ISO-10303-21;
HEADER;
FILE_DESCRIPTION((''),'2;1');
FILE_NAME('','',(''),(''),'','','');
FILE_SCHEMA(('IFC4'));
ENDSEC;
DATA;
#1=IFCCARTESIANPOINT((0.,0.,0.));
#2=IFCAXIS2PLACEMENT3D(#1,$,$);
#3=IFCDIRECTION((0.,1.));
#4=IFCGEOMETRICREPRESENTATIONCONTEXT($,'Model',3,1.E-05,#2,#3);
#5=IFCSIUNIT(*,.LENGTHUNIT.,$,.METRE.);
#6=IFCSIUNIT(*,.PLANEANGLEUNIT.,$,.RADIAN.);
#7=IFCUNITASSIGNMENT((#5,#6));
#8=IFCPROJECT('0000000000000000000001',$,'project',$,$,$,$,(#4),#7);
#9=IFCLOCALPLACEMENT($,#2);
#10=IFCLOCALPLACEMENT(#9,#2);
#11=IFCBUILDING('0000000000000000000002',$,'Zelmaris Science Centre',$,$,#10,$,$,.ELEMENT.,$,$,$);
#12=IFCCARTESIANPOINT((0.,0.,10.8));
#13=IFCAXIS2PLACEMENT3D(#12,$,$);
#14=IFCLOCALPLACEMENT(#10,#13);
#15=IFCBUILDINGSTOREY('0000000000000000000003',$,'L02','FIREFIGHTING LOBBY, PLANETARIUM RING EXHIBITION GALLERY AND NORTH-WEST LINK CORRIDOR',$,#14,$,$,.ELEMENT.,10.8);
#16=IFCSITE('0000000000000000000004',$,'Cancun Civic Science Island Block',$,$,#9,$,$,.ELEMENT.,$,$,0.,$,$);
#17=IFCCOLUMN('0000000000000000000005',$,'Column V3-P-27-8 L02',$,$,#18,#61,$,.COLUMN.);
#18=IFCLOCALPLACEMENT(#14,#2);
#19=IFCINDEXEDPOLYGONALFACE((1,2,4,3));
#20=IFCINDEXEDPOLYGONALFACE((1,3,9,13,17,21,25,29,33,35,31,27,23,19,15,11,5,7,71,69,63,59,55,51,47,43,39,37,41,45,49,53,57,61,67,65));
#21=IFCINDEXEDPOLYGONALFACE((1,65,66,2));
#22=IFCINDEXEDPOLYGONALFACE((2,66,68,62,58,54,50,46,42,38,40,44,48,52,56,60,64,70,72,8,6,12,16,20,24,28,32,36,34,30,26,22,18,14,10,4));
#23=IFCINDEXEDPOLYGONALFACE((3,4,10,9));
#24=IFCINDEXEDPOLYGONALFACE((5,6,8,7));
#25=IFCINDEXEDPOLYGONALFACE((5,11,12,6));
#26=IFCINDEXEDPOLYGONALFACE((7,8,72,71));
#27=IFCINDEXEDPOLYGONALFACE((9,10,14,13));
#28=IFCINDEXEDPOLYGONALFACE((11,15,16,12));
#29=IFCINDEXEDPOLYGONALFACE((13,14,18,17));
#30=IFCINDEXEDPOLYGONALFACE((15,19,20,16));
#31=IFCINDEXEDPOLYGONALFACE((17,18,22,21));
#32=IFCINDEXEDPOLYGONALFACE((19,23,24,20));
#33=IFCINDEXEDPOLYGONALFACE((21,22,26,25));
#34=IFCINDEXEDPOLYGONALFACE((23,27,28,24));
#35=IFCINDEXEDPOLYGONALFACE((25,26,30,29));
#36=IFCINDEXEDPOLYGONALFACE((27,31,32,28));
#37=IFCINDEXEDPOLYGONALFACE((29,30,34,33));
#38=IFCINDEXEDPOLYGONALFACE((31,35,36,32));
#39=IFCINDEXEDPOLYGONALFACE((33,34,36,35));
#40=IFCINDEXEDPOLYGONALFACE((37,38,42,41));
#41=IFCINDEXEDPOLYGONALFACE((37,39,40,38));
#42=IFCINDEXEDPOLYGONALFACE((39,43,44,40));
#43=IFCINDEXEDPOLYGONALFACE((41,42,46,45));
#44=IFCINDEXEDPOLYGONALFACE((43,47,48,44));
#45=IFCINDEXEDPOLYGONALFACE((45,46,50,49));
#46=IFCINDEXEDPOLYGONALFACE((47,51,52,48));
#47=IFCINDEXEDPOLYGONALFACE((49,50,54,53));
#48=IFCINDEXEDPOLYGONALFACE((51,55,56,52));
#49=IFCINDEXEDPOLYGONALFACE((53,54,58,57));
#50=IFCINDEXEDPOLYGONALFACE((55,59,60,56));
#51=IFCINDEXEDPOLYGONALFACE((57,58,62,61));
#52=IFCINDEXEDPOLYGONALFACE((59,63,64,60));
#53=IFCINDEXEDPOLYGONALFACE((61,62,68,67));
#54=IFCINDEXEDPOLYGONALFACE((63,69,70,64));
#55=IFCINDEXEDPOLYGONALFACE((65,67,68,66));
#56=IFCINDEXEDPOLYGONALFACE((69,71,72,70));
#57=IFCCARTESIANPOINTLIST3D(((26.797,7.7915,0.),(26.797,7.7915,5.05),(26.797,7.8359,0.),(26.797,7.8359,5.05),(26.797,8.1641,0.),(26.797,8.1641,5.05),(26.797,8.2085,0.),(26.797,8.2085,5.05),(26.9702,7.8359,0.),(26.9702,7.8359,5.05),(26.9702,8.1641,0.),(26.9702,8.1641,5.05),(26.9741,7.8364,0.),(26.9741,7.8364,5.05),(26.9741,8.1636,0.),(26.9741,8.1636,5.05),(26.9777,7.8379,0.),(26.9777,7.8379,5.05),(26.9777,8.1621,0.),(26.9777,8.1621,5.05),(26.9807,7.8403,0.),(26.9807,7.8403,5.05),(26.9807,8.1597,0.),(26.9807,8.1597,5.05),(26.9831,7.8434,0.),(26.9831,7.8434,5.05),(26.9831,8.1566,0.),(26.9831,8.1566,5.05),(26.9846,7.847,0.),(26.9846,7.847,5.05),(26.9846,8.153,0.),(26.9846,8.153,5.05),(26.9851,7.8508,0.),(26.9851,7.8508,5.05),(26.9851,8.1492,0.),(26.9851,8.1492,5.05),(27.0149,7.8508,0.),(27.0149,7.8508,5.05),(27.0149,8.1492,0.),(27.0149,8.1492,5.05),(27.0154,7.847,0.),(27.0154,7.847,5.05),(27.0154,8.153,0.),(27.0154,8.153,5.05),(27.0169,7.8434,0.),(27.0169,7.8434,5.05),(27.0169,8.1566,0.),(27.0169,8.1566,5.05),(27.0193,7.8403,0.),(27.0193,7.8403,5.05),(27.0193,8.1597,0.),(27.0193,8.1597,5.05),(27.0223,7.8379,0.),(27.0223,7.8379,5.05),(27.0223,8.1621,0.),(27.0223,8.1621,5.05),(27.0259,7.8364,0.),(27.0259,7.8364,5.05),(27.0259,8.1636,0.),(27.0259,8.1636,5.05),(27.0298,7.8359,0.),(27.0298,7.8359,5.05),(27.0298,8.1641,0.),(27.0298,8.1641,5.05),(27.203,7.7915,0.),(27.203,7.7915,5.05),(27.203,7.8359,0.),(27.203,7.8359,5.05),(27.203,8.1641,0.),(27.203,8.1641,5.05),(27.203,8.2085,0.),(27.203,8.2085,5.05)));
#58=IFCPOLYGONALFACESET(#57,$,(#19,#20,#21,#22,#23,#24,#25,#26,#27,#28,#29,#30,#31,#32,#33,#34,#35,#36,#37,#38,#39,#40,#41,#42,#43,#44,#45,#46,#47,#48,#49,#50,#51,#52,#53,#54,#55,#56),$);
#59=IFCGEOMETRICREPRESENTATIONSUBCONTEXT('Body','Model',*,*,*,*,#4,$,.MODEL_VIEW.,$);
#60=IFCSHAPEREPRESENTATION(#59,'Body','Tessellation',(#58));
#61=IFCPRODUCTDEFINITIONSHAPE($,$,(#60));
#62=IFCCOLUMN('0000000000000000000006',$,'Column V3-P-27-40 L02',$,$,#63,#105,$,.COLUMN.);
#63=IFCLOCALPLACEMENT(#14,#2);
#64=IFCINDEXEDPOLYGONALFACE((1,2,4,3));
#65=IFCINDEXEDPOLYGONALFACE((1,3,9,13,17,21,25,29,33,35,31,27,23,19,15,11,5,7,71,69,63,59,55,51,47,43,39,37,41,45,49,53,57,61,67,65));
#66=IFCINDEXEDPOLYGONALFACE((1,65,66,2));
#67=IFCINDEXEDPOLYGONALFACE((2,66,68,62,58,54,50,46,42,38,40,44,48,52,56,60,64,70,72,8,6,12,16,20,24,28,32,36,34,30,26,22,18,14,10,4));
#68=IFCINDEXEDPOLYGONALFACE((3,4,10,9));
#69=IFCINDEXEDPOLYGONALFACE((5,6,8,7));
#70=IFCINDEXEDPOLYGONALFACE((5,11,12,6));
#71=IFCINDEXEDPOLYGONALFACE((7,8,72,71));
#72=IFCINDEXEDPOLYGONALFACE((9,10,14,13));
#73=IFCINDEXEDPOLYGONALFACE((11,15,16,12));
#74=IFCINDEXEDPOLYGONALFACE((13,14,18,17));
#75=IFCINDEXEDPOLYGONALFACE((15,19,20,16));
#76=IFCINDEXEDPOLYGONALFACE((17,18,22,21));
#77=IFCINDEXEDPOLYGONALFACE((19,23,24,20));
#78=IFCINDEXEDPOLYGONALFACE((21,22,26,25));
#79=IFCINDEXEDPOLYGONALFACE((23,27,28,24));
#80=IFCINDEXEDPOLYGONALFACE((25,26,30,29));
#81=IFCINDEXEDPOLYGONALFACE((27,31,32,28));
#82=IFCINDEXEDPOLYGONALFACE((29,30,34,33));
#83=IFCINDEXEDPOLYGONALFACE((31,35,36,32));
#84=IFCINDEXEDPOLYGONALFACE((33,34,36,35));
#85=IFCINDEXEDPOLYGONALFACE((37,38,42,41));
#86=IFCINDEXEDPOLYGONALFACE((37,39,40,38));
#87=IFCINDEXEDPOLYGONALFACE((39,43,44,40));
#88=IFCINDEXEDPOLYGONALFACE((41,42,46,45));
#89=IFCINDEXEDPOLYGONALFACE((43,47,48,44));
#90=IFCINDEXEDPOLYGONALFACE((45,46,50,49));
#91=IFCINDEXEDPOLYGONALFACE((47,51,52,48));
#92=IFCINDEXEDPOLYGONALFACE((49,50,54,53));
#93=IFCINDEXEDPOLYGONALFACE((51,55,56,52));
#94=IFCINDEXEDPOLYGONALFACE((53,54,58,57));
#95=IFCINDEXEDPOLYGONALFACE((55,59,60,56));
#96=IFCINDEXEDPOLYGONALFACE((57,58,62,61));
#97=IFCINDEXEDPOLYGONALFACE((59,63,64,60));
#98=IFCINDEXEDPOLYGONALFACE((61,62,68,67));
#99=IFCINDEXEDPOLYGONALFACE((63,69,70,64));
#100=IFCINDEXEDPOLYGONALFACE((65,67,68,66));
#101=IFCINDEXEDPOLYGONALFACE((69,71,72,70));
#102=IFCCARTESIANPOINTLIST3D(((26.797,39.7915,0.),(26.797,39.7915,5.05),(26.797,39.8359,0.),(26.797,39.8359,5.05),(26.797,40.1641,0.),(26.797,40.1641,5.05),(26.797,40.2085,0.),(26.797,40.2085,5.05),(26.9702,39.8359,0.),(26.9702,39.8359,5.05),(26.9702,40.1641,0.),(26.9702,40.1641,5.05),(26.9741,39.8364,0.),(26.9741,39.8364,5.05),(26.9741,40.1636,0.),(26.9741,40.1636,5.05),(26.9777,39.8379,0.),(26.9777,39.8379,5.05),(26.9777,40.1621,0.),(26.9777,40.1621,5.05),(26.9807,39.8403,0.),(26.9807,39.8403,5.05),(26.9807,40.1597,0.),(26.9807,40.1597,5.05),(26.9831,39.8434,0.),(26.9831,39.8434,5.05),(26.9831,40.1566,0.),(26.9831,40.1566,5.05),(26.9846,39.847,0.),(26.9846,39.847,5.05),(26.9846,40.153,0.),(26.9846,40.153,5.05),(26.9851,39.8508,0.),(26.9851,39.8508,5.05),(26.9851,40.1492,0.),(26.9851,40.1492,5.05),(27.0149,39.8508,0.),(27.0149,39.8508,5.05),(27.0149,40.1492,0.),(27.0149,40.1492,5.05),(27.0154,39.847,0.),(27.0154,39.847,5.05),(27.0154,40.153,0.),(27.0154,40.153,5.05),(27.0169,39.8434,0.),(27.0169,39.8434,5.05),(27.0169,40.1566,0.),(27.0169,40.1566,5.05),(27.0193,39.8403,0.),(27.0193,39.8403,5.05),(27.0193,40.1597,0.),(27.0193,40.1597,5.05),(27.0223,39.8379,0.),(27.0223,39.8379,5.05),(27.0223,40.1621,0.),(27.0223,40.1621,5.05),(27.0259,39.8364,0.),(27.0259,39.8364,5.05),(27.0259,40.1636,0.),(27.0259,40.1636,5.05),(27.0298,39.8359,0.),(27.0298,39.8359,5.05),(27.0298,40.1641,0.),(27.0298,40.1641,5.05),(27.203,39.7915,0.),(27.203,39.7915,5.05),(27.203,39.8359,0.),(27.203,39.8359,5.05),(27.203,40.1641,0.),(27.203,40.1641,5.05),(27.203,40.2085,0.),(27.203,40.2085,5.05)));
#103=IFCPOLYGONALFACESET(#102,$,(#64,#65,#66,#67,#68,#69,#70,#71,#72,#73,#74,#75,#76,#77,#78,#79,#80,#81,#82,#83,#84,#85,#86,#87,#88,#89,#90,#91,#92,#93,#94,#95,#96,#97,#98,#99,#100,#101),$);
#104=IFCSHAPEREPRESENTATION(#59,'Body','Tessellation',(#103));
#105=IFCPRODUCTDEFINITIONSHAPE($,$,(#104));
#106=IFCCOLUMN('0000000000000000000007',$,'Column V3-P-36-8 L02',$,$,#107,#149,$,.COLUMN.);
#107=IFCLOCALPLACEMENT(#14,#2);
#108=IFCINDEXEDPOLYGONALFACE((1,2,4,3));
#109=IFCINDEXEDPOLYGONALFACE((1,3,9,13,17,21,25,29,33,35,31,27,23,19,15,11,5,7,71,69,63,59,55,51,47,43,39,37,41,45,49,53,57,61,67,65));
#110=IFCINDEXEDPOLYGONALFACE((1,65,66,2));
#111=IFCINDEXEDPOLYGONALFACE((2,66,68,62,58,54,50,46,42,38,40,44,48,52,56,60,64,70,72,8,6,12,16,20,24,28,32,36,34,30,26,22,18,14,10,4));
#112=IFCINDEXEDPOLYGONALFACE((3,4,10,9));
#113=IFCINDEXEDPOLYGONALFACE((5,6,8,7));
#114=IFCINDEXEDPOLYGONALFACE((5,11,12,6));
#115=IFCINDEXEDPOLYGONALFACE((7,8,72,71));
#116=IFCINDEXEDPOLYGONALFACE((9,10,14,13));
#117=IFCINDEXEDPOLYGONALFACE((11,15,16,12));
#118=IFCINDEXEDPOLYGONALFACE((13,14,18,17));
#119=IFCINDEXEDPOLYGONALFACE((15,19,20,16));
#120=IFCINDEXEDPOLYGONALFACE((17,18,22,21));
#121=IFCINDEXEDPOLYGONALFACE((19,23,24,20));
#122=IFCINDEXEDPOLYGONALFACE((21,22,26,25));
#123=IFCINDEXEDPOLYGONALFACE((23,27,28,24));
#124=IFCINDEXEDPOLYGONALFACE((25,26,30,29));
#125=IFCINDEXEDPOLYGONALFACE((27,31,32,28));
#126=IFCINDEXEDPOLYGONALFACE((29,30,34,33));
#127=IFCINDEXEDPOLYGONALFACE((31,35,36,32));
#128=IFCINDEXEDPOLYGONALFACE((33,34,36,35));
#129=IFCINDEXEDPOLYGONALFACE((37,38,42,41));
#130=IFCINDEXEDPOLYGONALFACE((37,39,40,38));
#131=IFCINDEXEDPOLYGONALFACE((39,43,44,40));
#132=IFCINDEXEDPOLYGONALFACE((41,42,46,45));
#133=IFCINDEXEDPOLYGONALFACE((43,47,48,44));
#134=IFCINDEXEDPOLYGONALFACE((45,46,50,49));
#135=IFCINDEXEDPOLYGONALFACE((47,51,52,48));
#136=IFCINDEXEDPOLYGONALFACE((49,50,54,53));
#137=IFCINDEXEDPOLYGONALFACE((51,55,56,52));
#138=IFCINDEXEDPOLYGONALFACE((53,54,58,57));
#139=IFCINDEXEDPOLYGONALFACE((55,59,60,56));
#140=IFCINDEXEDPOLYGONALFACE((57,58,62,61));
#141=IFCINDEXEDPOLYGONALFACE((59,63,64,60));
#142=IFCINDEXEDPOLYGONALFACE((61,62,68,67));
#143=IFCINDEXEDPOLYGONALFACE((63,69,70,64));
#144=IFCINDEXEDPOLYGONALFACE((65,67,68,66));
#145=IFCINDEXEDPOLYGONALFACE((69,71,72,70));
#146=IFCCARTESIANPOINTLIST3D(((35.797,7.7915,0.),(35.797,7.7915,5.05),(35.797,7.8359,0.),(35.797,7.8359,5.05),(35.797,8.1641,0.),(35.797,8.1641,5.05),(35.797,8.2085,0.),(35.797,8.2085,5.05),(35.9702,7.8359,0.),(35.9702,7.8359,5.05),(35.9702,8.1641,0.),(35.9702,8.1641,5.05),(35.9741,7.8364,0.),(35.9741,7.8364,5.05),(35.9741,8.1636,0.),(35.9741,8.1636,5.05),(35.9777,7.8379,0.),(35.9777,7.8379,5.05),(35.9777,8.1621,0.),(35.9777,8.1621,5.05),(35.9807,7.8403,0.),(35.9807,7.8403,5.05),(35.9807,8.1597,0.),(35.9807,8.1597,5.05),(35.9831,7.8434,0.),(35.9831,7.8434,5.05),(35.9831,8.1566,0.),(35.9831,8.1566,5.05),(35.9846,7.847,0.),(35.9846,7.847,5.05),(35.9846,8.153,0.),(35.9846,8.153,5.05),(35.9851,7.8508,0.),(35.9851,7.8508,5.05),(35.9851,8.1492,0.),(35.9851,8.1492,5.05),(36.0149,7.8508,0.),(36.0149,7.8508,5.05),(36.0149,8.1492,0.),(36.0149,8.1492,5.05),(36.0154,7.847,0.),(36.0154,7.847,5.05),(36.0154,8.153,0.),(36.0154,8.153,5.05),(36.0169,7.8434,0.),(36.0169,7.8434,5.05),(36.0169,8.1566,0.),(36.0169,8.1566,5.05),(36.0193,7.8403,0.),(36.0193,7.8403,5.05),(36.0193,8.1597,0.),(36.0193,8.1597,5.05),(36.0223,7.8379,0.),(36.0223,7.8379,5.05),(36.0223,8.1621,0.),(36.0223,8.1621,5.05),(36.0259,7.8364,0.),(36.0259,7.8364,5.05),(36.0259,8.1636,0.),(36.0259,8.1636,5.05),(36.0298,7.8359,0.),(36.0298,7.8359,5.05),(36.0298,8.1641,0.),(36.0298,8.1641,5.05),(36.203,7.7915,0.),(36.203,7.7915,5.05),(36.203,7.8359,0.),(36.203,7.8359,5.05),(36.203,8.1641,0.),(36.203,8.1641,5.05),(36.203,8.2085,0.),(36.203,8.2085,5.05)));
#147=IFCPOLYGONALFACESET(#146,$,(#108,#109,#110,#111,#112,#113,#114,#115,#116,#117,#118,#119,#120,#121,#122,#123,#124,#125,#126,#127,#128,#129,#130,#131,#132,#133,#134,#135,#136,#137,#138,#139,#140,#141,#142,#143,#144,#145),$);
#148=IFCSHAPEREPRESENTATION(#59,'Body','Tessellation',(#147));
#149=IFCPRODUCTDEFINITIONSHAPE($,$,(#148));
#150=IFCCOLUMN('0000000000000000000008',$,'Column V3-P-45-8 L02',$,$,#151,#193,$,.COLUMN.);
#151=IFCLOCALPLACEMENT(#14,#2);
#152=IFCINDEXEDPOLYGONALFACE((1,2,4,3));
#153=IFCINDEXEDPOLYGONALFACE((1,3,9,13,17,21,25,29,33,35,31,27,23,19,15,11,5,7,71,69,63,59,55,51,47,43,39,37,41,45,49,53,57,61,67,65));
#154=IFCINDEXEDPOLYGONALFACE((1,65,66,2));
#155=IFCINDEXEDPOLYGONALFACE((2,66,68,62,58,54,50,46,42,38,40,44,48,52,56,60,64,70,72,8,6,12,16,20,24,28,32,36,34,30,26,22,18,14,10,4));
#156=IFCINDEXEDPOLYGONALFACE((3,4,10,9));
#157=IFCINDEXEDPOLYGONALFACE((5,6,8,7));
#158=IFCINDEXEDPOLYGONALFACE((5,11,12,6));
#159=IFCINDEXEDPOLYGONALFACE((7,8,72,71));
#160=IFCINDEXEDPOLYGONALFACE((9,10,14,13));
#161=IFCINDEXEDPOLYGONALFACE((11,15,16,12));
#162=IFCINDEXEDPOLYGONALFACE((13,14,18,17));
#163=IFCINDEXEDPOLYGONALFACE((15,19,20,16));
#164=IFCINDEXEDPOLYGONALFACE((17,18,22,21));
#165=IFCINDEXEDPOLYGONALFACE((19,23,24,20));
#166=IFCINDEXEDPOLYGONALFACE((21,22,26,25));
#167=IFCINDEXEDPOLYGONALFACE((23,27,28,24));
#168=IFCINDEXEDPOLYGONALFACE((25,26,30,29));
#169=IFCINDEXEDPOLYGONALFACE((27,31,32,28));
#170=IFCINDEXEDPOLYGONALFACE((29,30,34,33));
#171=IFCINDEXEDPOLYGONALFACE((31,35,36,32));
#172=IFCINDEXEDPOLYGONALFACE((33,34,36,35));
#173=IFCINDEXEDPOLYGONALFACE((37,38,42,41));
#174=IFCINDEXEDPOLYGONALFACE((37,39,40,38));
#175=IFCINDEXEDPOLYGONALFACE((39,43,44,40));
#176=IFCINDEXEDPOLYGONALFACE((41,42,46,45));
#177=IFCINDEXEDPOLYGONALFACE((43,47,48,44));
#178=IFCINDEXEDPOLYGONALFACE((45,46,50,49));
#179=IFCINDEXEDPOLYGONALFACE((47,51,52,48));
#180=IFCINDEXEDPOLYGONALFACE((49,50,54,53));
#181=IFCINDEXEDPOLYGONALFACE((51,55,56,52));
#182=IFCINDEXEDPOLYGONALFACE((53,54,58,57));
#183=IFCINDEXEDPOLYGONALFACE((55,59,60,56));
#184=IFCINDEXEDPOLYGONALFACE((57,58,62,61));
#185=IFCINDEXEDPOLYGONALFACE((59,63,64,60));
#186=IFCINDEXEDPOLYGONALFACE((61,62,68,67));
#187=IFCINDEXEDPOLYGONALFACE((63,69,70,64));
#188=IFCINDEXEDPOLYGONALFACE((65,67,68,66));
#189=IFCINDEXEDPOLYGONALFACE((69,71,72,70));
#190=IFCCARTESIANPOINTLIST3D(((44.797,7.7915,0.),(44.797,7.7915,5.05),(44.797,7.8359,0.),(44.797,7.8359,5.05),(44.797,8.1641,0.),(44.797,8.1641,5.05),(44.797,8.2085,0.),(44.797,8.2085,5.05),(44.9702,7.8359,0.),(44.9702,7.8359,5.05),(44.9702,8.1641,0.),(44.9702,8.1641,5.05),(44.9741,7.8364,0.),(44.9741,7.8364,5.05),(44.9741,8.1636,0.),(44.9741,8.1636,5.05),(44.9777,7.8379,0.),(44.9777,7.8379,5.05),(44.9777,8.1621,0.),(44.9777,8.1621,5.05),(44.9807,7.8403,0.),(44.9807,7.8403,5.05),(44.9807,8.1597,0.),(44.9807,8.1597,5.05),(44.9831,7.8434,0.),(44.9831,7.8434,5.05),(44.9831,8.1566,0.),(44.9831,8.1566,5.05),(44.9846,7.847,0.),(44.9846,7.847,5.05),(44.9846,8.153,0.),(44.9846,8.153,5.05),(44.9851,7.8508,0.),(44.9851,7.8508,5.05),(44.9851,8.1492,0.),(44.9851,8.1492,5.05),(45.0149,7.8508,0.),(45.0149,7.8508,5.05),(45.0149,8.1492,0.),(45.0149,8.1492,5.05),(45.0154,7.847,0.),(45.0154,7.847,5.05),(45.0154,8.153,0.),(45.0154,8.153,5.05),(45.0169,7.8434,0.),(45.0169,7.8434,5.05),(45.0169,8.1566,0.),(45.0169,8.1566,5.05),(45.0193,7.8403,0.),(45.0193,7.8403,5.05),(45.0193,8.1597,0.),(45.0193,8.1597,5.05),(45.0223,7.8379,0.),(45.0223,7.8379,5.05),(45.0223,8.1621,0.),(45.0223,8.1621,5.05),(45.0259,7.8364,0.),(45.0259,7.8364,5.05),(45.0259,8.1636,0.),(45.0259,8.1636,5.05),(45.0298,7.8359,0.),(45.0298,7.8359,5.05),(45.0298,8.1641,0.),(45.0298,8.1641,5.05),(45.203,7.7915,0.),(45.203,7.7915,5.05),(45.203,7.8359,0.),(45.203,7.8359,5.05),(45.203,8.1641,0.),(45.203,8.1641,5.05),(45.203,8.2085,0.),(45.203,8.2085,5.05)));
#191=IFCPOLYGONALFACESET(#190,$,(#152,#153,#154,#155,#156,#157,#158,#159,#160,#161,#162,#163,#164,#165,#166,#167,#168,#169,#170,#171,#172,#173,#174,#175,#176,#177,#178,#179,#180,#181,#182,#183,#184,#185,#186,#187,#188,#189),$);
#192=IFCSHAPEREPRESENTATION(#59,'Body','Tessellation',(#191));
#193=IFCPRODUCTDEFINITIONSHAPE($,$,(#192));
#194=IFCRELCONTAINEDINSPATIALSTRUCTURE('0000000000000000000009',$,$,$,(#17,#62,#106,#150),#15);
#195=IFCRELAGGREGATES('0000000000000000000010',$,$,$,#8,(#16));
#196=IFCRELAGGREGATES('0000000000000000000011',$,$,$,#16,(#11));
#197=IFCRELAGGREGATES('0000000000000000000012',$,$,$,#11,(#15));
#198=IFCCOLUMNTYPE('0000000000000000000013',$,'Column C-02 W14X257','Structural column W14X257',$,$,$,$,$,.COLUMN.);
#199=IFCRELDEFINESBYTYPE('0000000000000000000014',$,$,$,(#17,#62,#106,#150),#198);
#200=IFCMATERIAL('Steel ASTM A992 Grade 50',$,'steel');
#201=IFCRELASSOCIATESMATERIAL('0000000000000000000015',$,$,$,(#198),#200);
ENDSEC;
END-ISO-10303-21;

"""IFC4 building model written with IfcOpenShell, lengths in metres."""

from ifc_helpers import new_model, si_unit, direction, frame, origin, origin_2d, place, context, subcontext, project, spatial, i_section, extrude, material, material_profile, profile_set, type_object, element, save


model = new_model("IFC4")

# Units and contexts
model_context = context("Model", 3, precision=1e-05, world=origin(), true_north=direction((0.0, 1.0)))
body_context = subcontext(model_context, "Body", "Model", "MODEL_VIEW")
ifc_project = project(units=[si_unit("LENGTHUNIT", "METRE"), si_unit("PLANEANGLEUNIT", "RADIAN")], contexts=[model_context])

# Site, building, storey
site_placement = place(None, origin())
site = spatial("IfcSite", under=ifc_project, at=site_placement, Name="Cancun Civic Science Island Block", CompositionType="ELEMENT", RefElevation=0.0)
building_placement = place(site_placement, origin())
building = spatial("IfcBuilding", under=site, at=building_placement, Name="Zelmaris Science Centre", CompositionType="ELEMENT")
storey_placement = place(building_placement, frame((0.0, 0.0, 10.8)))
storey = spatial("IfcBuildingStorey", under=building, at=storey_placement, Name="L02", Description="FIREFIGHTING LOBBY, PLANETARIUM RING EXHIBITION GALLERY AND NORTH-WEST LINK CORRIDOR", CompositionType="ELEMENT", Elevation=10.8)

# Columns
ifc_material_1 = material(Name="Steel ASTM A992 Grade 50", Category="steel")
ifc_material_profile_1 = material_profile(ifc_material_1, i_section(OverallWidth=0.406, OverallDepth=0.417, WebThickness=0.0298, FlangeThickness=0.0444, FilletRadius=0.0149, at=origin_2d()), Name="W14X257")
ifc_profile_set_1 = profile_set([ifc_material_profile_1], Name="Steel ASTM A992 Grade 50")
column_type_1 = type_object("IfcColumnType", Name="Column C-02 W14X257", Description="Structural column W14X257", PredefinedType="COLUMN", material=ifc_profile_set_1)
for number, where, z_axis, x_axis, name in (
    (1, (27.0, 8.0, 0.0), (0.0, 0.0, 1.0), (1.0, 0.0, 0.0), "Column V3-P-27-8 L02"),
    (2, (27.0, 40.0, 0.0), (0.0, 0.0, 1.0), (1.0, 0.0, 0.0), "Column V3-P-27-40 L02"),
    (3, (36.0, 8.0, 0.0), (0.0, 0.0, 1.0), (1.0, 0.0, 0.0), "Column V3-P-36-8 L02"),
    (4, (45.0, 8.0, 0.0), (0.0, 0.0, 1.0), (1.0, 0.0, 0.0), "Column V3-P-45-8 L02"),
):
    element("IfcColumn", number, at=place(storey_placement, frame(where, z_axis=z_axis, x_axis=x_axis)), inside=storey, type_object=column_type_1, Name=name, PredefinedType="COLUMN", context=body_context, shape_type="SweptSolid", body=[
        extrude(i_section(OverallWidth=0.406, OverallDepth=0.417, WebThickness=0.0298, FlangeThickness=0.0444, FilletRadius=0.0149, at=origin_2d()), origin(), (0.0, 0.0, 1.0), 5.05),
    ])

save(model, "model.ifc")
